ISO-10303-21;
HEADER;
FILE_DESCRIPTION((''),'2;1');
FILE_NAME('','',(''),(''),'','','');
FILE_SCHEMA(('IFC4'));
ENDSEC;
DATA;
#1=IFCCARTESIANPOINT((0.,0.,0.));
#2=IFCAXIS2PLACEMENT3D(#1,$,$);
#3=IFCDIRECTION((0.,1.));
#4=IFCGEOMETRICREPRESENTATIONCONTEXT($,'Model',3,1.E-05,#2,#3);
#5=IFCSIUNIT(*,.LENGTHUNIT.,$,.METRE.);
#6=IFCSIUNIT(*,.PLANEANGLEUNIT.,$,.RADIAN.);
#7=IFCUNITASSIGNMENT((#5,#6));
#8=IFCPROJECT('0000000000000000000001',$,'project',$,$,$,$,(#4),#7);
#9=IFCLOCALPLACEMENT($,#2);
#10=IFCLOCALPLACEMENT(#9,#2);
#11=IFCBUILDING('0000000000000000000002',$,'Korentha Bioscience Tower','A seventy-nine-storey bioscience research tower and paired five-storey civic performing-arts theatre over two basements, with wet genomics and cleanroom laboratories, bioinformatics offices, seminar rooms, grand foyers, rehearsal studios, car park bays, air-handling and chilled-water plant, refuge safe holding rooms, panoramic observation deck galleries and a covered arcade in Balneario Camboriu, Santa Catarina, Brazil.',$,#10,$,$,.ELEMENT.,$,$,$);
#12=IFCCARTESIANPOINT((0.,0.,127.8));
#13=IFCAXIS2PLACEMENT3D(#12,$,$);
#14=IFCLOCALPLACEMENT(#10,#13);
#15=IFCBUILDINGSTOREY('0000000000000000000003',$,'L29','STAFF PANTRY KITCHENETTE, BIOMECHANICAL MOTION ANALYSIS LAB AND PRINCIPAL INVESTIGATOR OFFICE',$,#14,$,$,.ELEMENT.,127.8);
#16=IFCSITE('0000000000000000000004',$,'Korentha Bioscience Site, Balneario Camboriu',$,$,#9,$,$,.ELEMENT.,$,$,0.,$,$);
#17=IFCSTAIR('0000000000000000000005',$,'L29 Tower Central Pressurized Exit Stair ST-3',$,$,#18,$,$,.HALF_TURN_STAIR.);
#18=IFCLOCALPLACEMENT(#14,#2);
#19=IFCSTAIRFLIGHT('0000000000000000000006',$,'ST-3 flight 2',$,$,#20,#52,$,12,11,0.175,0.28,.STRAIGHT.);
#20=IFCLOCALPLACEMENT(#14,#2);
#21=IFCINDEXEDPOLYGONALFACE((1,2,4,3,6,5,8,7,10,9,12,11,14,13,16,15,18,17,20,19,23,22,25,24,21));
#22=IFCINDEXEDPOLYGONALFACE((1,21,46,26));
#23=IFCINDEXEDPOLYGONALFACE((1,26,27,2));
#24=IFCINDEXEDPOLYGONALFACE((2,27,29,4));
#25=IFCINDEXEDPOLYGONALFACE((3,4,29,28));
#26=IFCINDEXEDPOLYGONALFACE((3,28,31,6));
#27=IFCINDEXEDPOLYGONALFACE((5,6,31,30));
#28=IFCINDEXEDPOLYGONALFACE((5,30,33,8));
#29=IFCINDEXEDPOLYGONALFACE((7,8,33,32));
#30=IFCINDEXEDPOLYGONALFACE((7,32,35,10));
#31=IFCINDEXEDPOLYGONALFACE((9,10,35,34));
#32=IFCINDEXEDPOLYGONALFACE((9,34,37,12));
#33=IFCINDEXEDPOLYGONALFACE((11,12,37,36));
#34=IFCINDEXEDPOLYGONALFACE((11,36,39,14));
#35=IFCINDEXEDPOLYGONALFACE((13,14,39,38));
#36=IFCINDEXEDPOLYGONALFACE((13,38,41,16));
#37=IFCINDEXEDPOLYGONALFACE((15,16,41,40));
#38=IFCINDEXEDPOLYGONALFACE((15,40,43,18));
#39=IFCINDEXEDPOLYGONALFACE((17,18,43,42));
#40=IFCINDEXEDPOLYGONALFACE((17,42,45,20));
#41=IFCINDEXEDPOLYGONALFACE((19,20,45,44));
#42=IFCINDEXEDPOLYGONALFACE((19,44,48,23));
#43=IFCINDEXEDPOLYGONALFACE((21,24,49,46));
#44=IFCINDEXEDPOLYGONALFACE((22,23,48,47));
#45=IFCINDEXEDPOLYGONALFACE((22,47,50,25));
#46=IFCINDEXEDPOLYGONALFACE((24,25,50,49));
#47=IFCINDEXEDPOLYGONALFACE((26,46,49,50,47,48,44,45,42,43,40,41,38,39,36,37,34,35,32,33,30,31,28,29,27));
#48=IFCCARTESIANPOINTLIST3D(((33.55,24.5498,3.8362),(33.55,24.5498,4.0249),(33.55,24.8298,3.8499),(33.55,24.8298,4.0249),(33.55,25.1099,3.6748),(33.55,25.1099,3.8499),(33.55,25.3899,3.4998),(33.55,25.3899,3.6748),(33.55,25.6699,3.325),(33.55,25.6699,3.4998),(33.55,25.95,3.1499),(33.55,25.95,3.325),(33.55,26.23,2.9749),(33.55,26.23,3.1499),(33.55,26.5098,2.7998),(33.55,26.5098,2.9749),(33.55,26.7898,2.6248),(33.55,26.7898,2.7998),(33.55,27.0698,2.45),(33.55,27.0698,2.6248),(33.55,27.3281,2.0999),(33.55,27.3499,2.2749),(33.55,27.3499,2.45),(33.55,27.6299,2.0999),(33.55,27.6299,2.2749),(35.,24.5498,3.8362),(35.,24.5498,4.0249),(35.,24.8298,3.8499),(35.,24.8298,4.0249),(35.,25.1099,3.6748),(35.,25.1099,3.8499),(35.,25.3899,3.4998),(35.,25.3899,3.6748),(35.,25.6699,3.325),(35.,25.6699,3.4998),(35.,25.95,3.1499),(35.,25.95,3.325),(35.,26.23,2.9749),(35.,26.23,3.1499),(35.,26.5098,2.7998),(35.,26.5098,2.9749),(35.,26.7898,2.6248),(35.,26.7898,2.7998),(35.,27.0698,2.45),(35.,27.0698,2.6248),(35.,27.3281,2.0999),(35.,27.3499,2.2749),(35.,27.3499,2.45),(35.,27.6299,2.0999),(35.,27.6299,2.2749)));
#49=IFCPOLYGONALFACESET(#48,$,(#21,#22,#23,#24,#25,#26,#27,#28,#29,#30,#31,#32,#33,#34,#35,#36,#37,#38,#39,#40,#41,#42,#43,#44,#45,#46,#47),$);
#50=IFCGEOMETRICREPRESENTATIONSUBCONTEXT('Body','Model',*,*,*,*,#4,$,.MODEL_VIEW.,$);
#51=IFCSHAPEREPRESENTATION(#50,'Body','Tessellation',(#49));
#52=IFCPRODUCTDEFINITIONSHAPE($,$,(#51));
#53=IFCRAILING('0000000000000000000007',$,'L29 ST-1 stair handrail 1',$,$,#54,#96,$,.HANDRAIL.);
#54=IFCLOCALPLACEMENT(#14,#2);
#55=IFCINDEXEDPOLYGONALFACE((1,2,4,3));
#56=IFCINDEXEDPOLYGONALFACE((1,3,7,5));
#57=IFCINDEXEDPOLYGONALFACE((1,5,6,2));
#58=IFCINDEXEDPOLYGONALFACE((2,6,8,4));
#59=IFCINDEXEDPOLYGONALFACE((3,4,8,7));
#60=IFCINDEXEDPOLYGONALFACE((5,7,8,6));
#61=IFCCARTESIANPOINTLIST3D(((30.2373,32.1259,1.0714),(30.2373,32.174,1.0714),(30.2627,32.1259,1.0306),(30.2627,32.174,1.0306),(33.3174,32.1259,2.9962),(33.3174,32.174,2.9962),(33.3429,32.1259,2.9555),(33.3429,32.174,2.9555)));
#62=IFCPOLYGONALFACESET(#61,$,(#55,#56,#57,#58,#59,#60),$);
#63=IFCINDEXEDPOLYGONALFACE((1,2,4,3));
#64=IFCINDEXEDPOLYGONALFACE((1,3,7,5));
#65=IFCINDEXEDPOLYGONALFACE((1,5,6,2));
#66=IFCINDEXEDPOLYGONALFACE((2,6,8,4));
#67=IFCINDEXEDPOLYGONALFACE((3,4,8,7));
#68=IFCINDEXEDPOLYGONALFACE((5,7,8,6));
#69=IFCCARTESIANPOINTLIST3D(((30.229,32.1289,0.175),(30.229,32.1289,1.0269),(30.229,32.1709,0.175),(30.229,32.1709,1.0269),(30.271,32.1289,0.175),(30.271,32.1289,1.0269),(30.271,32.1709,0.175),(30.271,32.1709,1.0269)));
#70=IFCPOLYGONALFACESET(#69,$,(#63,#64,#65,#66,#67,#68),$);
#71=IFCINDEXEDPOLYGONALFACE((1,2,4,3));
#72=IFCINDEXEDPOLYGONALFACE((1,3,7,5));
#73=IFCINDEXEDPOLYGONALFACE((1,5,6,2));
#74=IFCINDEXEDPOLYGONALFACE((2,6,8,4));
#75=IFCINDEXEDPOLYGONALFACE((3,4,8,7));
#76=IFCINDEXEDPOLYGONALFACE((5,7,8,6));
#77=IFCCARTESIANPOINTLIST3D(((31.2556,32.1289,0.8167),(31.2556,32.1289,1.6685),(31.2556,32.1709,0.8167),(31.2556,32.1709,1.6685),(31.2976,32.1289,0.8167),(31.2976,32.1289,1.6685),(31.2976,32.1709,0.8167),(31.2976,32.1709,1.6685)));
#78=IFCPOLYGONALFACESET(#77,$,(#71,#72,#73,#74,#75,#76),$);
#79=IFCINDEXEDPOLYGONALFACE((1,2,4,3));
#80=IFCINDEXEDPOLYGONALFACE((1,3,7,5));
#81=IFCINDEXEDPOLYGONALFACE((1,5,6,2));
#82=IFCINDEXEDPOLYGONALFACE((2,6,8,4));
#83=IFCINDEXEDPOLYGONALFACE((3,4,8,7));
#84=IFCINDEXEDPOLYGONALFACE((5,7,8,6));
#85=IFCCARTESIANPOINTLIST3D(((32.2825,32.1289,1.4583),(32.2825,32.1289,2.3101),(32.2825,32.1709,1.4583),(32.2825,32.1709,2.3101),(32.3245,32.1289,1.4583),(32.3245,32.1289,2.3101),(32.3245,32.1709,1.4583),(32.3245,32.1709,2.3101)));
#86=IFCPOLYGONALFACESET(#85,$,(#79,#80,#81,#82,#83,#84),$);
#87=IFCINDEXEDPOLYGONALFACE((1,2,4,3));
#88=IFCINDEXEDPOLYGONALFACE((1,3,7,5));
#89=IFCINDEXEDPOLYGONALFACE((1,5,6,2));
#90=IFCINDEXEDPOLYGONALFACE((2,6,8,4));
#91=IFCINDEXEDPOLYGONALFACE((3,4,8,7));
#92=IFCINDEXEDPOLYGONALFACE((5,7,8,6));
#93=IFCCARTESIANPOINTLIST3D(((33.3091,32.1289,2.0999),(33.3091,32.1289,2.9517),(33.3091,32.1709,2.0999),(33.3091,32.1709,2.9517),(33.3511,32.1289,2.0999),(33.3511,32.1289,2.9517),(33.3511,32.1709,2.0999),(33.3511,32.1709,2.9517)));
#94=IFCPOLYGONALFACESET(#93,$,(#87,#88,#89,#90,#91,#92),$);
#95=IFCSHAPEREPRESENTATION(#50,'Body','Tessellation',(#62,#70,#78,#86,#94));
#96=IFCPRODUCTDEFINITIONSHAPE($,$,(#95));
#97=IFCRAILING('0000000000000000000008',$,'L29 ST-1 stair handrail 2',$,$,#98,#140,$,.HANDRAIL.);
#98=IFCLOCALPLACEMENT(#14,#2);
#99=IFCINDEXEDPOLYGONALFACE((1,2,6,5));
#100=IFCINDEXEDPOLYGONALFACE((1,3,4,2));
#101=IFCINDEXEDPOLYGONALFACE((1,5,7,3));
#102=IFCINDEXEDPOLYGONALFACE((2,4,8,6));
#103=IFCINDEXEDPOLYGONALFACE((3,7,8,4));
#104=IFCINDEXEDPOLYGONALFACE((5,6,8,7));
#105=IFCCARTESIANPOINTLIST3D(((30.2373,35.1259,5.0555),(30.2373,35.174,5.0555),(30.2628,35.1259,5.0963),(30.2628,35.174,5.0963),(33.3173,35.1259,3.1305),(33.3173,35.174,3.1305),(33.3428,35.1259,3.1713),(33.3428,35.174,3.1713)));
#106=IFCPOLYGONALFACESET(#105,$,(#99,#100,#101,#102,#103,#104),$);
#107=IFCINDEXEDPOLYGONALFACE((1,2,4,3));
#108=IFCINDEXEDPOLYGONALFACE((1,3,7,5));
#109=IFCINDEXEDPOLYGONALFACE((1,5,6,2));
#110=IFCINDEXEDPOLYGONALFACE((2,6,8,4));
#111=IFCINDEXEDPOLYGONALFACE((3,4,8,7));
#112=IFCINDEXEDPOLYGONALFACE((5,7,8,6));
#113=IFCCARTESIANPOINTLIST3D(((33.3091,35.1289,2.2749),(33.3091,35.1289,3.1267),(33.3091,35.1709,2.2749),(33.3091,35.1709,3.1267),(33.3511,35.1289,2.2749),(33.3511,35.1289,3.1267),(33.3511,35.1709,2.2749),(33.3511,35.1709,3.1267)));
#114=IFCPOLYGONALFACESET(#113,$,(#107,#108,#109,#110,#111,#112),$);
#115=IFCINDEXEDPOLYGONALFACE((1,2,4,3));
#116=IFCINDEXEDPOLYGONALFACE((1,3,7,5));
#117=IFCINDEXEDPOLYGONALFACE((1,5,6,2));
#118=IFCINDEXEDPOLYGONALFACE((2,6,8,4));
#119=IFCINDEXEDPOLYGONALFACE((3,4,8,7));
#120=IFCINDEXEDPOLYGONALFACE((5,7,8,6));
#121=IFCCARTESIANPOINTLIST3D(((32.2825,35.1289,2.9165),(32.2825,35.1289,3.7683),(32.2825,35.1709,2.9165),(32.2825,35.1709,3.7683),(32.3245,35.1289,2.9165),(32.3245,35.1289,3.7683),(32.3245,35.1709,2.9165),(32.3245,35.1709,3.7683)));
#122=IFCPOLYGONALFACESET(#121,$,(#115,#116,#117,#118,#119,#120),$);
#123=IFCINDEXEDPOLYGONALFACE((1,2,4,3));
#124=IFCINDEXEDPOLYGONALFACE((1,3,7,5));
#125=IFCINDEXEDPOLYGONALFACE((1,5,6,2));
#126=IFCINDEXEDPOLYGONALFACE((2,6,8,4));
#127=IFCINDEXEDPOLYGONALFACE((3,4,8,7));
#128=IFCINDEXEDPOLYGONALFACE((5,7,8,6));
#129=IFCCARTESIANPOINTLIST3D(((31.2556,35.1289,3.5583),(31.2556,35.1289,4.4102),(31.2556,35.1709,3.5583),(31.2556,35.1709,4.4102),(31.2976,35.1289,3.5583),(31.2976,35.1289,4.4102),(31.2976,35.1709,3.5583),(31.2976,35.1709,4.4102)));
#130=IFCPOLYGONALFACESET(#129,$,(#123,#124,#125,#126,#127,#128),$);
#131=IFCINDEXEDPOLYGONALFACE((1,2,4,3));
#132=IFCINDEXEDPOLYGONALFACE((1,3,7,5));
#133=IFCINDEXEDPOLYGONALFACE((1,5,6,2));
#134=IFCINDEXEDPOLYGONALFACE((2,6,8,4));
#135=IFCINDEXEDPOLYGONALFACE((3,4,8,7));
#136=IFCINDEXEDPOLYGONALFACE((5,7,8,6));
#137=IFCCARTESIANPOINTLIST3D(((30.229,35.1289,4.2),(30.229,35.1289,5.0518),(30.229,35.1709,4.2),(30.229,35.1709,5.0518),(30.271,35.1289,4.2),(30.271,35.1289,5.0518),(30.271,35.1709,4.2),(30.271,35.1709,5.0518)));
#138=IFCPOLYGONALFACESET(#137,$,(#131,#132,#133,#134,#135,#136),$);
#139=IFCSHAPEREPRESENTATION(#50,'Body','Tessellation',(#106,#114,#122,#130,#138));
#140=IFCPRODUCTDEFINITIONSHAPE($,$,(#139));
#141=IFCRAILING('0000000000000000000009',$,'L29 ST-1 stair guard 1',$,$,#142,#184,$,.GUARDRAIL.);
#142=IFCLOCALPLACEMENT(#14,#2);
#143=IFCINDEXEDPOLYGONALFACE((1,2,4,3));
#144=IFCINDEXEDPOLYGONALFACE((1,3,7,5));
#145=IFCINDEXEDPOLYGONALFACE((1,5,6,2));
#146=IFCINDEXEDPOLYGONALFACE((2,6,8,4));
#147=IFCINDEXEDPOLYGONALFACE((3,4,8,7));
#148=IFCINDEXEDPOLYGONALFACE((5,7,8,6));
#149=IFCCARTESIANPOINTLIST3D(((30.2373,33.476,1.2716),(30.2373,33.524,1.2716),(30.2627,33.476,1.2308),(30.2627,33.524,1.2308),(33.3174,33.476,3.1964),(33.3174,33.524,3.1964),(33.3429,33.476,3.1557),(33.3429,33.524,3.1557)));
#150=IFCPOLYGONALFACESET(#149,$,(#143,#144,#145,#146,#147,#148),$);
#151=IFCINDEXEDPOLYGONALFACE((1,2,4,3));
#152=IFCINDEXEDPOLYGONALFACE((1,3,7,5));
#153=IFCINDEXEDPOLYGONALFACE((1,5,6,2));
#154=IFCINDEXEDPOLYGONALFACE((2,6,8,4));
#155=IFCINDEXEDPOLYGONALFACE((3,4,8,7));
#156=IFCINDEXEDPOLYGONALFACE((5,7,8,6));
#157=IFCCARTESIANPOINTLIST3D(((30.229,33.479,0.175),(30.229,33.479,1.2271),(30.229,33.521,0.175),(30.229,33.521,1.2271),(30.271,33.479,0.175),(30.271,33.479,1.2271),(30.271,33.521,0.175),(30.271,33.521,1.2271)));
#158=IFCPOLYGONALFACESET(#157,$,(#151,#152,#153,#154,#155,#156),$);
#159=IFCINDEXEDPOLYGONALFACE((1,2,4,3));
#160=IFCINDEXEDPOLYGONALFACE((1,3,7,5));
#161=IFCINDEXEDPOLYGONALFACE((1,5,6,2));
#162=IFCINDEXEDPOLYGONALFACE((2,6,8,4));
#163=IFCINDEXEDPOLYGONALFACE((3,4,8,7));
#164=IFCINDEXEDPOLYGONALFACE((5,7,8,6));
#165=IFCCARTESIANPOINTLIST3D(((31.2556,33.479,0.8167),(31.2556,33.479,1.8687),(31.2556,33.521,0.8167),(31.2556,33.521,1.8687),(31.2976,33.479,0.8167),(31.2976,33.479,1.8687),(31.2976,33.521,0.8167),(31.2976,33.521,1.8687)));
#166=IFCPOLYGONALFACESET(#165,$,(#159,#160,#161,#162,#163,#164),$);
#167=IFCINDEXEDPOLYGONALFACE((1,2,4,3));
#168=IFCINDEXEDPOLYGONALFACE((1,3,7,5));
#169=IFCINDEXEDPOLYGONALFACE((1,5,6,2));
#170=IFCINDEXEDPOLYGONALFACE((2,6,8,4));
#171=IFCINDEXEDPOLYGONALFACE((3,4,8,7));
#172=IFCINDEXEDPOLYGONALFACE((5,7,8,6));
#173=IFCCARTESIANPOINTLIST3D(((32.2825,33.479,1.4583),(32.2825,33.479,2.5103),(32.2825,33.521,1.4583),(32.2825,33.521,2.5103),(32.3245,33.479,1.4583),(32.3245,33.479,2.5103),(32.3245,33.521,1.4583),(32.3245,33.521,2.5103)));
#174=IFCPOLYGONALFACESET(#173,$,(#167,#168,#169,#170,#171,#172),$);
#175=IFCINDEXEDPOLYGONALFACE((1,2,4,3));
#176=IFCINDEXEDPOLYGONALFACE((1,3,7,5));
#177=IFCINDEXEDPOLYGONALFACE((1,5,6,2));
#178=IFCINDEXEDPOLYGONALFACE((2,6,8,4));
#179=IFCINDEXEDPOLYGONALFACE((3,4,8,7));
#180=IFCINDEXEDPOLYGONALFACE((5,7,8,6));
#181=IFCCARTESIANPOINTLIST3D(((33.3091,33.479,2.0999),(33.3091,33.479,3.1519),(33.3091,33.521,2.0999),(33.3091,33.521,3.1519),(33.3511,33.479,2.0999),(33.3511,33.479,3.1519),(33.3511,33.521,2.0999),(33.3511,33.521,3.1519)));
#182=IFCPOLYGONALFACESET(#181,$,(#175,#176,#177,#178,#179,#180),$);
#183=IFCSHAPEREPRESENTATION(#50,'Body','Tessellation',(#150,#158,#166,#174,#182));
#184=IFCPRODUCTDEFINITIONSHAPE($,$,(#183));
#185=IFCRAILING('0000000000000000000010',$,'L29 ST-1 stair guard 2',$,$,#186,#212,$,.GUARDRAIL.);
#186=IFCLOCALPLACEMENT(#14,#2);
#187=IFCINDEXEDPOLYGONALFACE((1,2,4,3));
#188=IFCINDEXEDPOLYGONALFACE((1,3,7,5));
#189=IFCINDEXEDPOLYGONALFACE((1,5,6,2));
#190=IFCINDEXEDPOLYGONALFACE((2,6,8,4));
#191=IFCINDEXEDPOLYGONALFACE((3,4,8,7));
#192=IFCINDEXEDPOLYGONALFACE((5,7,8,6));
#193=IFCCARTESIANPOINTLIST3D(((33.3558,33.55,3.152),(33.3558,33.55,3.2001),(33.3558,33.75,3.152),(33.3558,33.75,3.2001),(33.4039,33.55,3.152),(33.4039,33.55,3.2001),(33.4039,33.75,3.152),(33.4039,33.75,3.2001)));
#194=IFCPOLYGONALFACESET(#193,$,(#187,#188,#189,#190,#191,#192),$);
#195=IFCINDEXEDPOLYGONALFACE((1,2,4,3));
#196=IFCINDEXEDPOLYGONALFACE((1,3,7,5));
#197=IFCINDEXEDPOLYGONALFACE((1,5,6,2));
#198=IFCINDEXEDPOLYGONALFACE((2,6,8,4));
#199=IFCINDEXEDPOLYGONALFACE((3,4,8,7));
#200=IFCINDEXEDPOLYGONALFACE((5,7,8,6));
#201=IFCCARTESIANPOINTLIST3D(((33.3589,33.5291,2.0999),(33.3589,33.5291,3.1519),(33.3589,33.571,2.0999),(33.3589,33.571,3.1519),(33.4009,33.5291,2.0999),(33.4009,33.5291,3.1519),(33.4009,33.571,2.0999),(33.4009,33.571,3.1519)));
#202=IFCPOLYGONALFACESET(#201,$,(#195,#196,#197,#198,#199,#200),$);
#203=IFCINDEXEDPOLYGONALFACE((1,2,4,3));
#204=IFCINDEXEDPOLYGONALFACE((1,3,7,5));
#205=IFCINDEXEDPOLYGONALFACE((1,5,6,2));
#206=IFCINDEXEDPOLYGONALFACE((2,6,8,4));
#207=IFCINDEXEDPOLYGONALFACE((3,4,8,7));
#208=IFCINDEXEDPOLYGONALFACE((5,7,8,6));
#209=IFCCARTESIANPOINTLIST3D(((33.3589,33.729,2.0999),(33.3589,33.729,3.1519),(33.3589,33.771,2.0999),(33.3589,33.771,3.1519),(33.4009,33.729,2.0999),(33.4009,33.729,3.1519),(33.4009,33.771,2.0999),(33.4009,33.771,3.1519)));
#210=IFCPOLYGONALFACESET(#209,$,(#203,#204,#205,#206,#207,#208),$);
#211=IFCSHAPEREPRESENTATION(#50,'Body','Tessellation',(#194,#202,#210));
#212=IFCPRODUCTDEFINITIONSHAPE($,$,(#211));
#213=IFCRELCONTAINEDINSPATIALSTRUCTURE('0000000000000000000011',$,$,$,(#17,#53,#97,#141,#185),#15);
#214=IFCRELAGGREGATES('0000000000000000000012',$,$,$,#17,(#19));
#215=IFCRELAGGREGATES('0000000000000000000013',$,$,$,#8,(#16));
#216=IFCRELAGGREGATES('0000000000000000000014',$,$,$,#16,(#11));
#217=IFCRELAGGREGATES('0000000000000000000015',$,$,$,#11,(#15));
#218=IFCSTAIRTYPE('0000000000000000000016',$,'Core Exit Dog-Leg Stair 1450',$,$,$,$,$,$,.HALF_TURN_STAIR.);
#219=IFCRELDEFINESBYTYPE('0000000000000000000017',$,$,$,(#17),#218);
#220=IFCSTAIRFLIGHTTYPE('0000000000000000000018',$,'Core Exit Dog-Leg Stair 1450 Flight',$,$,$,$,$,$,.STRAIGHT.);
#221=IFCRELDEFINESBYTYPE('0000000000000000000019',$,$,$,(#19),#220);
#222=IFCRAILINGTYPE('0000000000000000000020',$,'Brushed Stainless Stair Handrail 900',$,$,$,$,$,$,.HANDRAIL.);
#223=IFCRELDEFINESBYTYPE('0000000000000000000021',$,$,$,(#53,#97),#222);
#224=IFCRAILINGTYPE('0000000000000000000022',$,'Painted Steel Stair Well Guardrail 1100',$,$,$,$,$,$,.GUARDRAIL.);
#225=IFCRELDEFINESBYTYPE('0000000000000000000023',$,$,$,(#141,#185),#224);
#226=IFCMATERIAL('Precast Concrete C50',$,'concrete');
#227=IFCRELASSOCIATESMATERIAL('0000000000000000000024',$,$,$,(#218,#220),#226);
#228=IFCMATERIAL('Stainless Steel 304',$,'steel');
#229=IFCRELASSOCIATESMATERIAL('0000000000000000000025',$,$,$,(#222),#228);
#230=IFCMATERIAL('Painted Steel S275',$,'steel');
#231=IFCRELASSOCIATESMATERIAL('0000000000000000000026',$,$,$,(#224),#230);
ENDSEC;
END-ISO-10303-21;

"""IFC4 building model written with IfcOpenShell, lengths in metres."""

from ifc_helpers import new_model, si_unit, direction, frame, origin, origin_2d, place, context, subcontext, project, spatial, polyline, rectangle, outline, extrude, material, type_object, element, aggregate, save


model = new_model("IFC4")

# Units and contexts
model_context = context("Model", 3, precision=1e-05, world=origin(), true_north=direction((0.0, 1.0)))
body_context = subcontext(model_context, "Body", "Model", "MODEL_VIEW")
ifc_project = project(units=[si_unit("LENGTHUNIT", "METRE"), si_unit("PLANEANGLEUNIT", "RADIAN")], contexts=[model_context])

# Site, building, storey
site_placement = place(None, origin())
site = spatial("IfcSite", under=ifc_project, at=site_placement, Name="Korentha Bioscience Site, Balneario Camboriu", CompositionType="ELEMENT", RefElevation=0.0)
building_placement = place(site_placement, origin())
building = spatial("IfcBuilding", under=site, at=building_placement, Name="Korentha Bioscience Tower", Description="A seventy-nine-storey bioscience research tower and paired five-storey civic performing-arts theatre over two basements, with wet genomics and cleanroom laboratories, bioinformatics offices, seminar rooms, grand foyers, rehearsal studios, car park bays, air-handling and chilled-water plant, refuge safe holding rooms, panoramic observation deck galleries and a covered arcade in Balneario Camboriu, Santa Catarina, Brazil.", CompositionType="ELEMENT")
storey_placement = place(building_placement, frame((0.0, 0.0, 127.8)))
storey = spatial("IfcBuildingStorey", under=building, at=storey_placement, Name="L29", Description="STAFF PANTRY KITCHENETTE, BIOMECHANICAL MOTION ANALYSIS LAB AND PRINCIPAL INVESTIGATOR OFFICE", CompositionType="ELEMENT", Elevation=127.8)

# Shared definitions
ifc_material_1 = material(Name="Precast Concrete C50", Category="concrete")
stair_type = type_object("IfcStairType", Name="Core Exit Dog-Leg Stair 1450", PredefinedType="HALF_TURN_STAIR", material=ifc_material_1)
stair_flight_type = type_object("IfcStairFlightType", Name="Core Exit Dog-Leg Stair 1450 Flight", PredefinedType="STRAIGHT", material=ifc_material_1)

# Stair, stair flight
stair_1_placement = place(storey_placement, origin())
stair_1 = element("IfcStair", 1, at=stair_1_placement, inside=storey, type_object=stair_type, Name="L29 Tower Central Pressurized Exit Stair ST-3", PredefinedType="HALF_TURN_STAIR")
stair_flight_1_placement = place(storey_placement, frame((34.2749, 27.6299, 2.0999), z_axis=(0.0, 0.0, 1.0), x_axis=(0.0, -1.0, 0.0)))
stair_flight_1 = element("IfcStairFlight", 2, at=stair_flight_1_placement, type_object=stair_flight_type, Name="ST-3 flight 2", NumberOfRisers=12, NumberOfTreads=11, PredefinedType="STRAIGHT", RiserHeight=0.175, TreadLength=0.28, context=body_context, shape_type="SweptSolid", body=[
    extrude(outline(polyline([(0.0, 0.0), (0.0, 0.175), (0.28, 0.175), (0.28, 0.3501), (0.5601, 0.3501), (0.5601, 0.5249), (0.8401, 0.5249), (0.8401, 0.7), (1.1201, 0.7), (1.1201, 0.875), (1.3999, 0.875), (1.3999, 1.05), (1.6799, 1.05), (1.6799, 1.2251), (1.96, 1.2251), (1.96, 1.3999), (2.24, 1.3999), (2.24, 1.575), (2.52, 1.575), (2.52, 1.75), (2.8, 1.75), (2.8, 1.925), (3.0801, 1.925), (3.0801, 2.1001), (3.0801, 1.7363), (0.3018, 0.0), (0.0, 0.0)])), frame((0.0, 0.7251, 0.0), z_axis=(0.0, -1.0, 0.0), x_axis=(1.0, 0.0, 0.0)), (0.0, 0.0, 1.0), 1.45),
])
aggregate(stair_1, [stair_flight_1])

# Railings
ifc_material_2 = material(Name="Stainless Steel 304", Category="steel")
railing_type_1 = type_object("IfcRailingType", Name="Brushed Stainless Stair Handrail 900", PredefinedType="HANDRAIL", material=ifc_material_2)
railing_1_placement = place(storey_placement, frame((30.25, 32.1499, 0.175)))
element("IfcRailing", 3, at=railing_1_placement, inside=storey, type_object=railing_type_1, Name="L29 ST-1 stair handrail 1", PredefinedType="HANDRAIL", context=body_context, shape_type="SweptSolid", body=[
    extrude(rectangle(XDim=0.0481, YDim=0.0481, at=origin_2d()), frame((0.0, 0.0, 0.876), z_axis=(0.848029, 0.0, 0.529951), x_axis=(0.0, 1.0, 0.0)), (0.0, 0.0, 1.0), 3.6321),
    extrude(rectangle(XDim=0.042, YDim=0.042, at=origin_2d()), origin(), (0.0, 0.0, 1.0), 0.8518),
    extrude(rectangle(XDim=0.042, YDim=0.042, at=origin_2d()), frame((1.0266, 0.0, 0.6416)), (0.0, 0.0, 1.0), 0.8518),
    extrude(rectangle(XDim=0.042, YDim=0.042, at=origin_2d()), frame((2.0535, 0.0, 1.2832)), (0.0, 0.0, 1.0), 0.8518),
    extrude(rectangle(XDim=0.042, YDim=0.042, at=origin_2d()), frame((3.0801, 0.0, 1.9248)), (0.0, 0.0, 1.0), 0.8518),
])
railing_2_placement = place(storey_placement, frame((33.3301, 35.1499, 2.2749)))
element("IfcRailing", 4, at=railing_2_placement, inside=storey, type_object=railing_type_1, Name="L29 ST-1 stair handrail 2", PredefinedType="HANDRAIL", context=body_context, shape_type="SweptSolid", body=[
    extrude(rectangle(XDim=0.0481, YDim=0.0481, at=origin_2d()), frame((0.0, 0.0, 0.876), z_axis=(-0.847998, 0.0, 0.529999), x_axis=(0.0, -1.0, 0.0)), (0.0, 0.0, 1.0), 3.6321),
    extrude(rectangle(XDim=0.042, YDim=0.042, at=origin_2d()), origin(), (0.0, 0.0, 1.0), 0.8518),
    extrude(rectangle(XDim=0.042, YDim=0.042, at=origin_2d()), frame((-1.0266, 0.0, 0.6416)), (0.0, 0.0, 1.0), 0.8518),
    extrude(rectangle(XDim=0.042, YDim=0.042, at=origin_2d()), frame((-2.0535, 0.0, 1.2834)), (0.0, 0.0, 1.0), 0.8518),
    extrude(rectangle(XDim=0.042, YDim=0.042, at=origin_2d()), frame((-3.0801, 0.0, 1.925)), (0.0, 0.0, 1.0), 0.8518),
])
ifc_material_3 = material(Name="Painted Steel S275", Category="steel")
railing_type_2 = type_object("IfcRailingType", Name="Painted Steel Stair Well Guardrail 1100", PredefinedType="GUARDRAIL", material=ifc_material_3)
railing_3_placement = place(storey_placement, frame((30.25, 33.5, 0.175)))
element("IfcRailing", 5, at=railing_3_placement, inside=storey, type_object=railing_type_2, Name="L29 ST-1 stair guard 1", PredefinedType="GUARDRAIL", context=body_context, shape_type="SweptSolid", body=[
    extrude(rectangle(XDim=0.0481, YDim=0.0481, at=origin_2d()), frame((0.0, 0.0, 1.0762), z_axis=(0.848029, 0.0, 0.529951), x_axis=(0.0, 1.0, 0.0)), (0.0, 0.0, 1.0), 3.6321),
    extrude(rectangle(XDim=0.042, YDim=0.042, at=origin_2d()), origin(), (0.0, 0.0, 1.0), 1.052),
    extrude(rectangle(XDim=0.042, YDim=0.042, at=origin_2d()), frame((1.0266, 0.0, 0.6416)), (0.0, 0.0, 1.0), 1.052),
    extrude(rectangle(XDim=0.042, YDim=0.042, at=origin_2d()), frame((2.0535, 0.0, 1.2832)), (0.0, 0.0, 1.0), 1.052),
    extrude(rectangle(XDim=0.042, YDim=0.042, at=origin_2d()), frame((3.0801, 0.0, 1.9248)), (0.0, 0.0, 1.0), 1.052),
])
railing_4_placement = place(storey_placement, frame((33.3799, 33.55, 2.0999)))
element("IfcRailing", 6, at=railing_4_placement, inside=storey, type_object=railing_type_2, Name="L29 ST-1 stair guard 2", PredefinedType="GUARDRAIL", context=body_context, shape_type="SweptSolid", body=[
    extrude(rectangle(XDim=0.0481, YDim=0.0481, at=origin_2d()), frame((0.0, 0.0, 1.0762), z_axis=(0.0, 1.0, 0.0), x_axis=(-1.0, 0.0, 0.0)), (0.0, 0.0, 1.0), 0.2),
    extrude(rectangle(XDim=0.042, YDim=0.042, at=origin_2d()), origin(), (0.0, 0.0, 1.0), 1.052),
    extrude(rectangle(XDim=0.042, YDim=0.042, at=origin_2d()), frame((0.0, 0.2, 0.0)), (0.0, 0.0, 1.0), 1.052),
])

save(model, "model.ifc")
